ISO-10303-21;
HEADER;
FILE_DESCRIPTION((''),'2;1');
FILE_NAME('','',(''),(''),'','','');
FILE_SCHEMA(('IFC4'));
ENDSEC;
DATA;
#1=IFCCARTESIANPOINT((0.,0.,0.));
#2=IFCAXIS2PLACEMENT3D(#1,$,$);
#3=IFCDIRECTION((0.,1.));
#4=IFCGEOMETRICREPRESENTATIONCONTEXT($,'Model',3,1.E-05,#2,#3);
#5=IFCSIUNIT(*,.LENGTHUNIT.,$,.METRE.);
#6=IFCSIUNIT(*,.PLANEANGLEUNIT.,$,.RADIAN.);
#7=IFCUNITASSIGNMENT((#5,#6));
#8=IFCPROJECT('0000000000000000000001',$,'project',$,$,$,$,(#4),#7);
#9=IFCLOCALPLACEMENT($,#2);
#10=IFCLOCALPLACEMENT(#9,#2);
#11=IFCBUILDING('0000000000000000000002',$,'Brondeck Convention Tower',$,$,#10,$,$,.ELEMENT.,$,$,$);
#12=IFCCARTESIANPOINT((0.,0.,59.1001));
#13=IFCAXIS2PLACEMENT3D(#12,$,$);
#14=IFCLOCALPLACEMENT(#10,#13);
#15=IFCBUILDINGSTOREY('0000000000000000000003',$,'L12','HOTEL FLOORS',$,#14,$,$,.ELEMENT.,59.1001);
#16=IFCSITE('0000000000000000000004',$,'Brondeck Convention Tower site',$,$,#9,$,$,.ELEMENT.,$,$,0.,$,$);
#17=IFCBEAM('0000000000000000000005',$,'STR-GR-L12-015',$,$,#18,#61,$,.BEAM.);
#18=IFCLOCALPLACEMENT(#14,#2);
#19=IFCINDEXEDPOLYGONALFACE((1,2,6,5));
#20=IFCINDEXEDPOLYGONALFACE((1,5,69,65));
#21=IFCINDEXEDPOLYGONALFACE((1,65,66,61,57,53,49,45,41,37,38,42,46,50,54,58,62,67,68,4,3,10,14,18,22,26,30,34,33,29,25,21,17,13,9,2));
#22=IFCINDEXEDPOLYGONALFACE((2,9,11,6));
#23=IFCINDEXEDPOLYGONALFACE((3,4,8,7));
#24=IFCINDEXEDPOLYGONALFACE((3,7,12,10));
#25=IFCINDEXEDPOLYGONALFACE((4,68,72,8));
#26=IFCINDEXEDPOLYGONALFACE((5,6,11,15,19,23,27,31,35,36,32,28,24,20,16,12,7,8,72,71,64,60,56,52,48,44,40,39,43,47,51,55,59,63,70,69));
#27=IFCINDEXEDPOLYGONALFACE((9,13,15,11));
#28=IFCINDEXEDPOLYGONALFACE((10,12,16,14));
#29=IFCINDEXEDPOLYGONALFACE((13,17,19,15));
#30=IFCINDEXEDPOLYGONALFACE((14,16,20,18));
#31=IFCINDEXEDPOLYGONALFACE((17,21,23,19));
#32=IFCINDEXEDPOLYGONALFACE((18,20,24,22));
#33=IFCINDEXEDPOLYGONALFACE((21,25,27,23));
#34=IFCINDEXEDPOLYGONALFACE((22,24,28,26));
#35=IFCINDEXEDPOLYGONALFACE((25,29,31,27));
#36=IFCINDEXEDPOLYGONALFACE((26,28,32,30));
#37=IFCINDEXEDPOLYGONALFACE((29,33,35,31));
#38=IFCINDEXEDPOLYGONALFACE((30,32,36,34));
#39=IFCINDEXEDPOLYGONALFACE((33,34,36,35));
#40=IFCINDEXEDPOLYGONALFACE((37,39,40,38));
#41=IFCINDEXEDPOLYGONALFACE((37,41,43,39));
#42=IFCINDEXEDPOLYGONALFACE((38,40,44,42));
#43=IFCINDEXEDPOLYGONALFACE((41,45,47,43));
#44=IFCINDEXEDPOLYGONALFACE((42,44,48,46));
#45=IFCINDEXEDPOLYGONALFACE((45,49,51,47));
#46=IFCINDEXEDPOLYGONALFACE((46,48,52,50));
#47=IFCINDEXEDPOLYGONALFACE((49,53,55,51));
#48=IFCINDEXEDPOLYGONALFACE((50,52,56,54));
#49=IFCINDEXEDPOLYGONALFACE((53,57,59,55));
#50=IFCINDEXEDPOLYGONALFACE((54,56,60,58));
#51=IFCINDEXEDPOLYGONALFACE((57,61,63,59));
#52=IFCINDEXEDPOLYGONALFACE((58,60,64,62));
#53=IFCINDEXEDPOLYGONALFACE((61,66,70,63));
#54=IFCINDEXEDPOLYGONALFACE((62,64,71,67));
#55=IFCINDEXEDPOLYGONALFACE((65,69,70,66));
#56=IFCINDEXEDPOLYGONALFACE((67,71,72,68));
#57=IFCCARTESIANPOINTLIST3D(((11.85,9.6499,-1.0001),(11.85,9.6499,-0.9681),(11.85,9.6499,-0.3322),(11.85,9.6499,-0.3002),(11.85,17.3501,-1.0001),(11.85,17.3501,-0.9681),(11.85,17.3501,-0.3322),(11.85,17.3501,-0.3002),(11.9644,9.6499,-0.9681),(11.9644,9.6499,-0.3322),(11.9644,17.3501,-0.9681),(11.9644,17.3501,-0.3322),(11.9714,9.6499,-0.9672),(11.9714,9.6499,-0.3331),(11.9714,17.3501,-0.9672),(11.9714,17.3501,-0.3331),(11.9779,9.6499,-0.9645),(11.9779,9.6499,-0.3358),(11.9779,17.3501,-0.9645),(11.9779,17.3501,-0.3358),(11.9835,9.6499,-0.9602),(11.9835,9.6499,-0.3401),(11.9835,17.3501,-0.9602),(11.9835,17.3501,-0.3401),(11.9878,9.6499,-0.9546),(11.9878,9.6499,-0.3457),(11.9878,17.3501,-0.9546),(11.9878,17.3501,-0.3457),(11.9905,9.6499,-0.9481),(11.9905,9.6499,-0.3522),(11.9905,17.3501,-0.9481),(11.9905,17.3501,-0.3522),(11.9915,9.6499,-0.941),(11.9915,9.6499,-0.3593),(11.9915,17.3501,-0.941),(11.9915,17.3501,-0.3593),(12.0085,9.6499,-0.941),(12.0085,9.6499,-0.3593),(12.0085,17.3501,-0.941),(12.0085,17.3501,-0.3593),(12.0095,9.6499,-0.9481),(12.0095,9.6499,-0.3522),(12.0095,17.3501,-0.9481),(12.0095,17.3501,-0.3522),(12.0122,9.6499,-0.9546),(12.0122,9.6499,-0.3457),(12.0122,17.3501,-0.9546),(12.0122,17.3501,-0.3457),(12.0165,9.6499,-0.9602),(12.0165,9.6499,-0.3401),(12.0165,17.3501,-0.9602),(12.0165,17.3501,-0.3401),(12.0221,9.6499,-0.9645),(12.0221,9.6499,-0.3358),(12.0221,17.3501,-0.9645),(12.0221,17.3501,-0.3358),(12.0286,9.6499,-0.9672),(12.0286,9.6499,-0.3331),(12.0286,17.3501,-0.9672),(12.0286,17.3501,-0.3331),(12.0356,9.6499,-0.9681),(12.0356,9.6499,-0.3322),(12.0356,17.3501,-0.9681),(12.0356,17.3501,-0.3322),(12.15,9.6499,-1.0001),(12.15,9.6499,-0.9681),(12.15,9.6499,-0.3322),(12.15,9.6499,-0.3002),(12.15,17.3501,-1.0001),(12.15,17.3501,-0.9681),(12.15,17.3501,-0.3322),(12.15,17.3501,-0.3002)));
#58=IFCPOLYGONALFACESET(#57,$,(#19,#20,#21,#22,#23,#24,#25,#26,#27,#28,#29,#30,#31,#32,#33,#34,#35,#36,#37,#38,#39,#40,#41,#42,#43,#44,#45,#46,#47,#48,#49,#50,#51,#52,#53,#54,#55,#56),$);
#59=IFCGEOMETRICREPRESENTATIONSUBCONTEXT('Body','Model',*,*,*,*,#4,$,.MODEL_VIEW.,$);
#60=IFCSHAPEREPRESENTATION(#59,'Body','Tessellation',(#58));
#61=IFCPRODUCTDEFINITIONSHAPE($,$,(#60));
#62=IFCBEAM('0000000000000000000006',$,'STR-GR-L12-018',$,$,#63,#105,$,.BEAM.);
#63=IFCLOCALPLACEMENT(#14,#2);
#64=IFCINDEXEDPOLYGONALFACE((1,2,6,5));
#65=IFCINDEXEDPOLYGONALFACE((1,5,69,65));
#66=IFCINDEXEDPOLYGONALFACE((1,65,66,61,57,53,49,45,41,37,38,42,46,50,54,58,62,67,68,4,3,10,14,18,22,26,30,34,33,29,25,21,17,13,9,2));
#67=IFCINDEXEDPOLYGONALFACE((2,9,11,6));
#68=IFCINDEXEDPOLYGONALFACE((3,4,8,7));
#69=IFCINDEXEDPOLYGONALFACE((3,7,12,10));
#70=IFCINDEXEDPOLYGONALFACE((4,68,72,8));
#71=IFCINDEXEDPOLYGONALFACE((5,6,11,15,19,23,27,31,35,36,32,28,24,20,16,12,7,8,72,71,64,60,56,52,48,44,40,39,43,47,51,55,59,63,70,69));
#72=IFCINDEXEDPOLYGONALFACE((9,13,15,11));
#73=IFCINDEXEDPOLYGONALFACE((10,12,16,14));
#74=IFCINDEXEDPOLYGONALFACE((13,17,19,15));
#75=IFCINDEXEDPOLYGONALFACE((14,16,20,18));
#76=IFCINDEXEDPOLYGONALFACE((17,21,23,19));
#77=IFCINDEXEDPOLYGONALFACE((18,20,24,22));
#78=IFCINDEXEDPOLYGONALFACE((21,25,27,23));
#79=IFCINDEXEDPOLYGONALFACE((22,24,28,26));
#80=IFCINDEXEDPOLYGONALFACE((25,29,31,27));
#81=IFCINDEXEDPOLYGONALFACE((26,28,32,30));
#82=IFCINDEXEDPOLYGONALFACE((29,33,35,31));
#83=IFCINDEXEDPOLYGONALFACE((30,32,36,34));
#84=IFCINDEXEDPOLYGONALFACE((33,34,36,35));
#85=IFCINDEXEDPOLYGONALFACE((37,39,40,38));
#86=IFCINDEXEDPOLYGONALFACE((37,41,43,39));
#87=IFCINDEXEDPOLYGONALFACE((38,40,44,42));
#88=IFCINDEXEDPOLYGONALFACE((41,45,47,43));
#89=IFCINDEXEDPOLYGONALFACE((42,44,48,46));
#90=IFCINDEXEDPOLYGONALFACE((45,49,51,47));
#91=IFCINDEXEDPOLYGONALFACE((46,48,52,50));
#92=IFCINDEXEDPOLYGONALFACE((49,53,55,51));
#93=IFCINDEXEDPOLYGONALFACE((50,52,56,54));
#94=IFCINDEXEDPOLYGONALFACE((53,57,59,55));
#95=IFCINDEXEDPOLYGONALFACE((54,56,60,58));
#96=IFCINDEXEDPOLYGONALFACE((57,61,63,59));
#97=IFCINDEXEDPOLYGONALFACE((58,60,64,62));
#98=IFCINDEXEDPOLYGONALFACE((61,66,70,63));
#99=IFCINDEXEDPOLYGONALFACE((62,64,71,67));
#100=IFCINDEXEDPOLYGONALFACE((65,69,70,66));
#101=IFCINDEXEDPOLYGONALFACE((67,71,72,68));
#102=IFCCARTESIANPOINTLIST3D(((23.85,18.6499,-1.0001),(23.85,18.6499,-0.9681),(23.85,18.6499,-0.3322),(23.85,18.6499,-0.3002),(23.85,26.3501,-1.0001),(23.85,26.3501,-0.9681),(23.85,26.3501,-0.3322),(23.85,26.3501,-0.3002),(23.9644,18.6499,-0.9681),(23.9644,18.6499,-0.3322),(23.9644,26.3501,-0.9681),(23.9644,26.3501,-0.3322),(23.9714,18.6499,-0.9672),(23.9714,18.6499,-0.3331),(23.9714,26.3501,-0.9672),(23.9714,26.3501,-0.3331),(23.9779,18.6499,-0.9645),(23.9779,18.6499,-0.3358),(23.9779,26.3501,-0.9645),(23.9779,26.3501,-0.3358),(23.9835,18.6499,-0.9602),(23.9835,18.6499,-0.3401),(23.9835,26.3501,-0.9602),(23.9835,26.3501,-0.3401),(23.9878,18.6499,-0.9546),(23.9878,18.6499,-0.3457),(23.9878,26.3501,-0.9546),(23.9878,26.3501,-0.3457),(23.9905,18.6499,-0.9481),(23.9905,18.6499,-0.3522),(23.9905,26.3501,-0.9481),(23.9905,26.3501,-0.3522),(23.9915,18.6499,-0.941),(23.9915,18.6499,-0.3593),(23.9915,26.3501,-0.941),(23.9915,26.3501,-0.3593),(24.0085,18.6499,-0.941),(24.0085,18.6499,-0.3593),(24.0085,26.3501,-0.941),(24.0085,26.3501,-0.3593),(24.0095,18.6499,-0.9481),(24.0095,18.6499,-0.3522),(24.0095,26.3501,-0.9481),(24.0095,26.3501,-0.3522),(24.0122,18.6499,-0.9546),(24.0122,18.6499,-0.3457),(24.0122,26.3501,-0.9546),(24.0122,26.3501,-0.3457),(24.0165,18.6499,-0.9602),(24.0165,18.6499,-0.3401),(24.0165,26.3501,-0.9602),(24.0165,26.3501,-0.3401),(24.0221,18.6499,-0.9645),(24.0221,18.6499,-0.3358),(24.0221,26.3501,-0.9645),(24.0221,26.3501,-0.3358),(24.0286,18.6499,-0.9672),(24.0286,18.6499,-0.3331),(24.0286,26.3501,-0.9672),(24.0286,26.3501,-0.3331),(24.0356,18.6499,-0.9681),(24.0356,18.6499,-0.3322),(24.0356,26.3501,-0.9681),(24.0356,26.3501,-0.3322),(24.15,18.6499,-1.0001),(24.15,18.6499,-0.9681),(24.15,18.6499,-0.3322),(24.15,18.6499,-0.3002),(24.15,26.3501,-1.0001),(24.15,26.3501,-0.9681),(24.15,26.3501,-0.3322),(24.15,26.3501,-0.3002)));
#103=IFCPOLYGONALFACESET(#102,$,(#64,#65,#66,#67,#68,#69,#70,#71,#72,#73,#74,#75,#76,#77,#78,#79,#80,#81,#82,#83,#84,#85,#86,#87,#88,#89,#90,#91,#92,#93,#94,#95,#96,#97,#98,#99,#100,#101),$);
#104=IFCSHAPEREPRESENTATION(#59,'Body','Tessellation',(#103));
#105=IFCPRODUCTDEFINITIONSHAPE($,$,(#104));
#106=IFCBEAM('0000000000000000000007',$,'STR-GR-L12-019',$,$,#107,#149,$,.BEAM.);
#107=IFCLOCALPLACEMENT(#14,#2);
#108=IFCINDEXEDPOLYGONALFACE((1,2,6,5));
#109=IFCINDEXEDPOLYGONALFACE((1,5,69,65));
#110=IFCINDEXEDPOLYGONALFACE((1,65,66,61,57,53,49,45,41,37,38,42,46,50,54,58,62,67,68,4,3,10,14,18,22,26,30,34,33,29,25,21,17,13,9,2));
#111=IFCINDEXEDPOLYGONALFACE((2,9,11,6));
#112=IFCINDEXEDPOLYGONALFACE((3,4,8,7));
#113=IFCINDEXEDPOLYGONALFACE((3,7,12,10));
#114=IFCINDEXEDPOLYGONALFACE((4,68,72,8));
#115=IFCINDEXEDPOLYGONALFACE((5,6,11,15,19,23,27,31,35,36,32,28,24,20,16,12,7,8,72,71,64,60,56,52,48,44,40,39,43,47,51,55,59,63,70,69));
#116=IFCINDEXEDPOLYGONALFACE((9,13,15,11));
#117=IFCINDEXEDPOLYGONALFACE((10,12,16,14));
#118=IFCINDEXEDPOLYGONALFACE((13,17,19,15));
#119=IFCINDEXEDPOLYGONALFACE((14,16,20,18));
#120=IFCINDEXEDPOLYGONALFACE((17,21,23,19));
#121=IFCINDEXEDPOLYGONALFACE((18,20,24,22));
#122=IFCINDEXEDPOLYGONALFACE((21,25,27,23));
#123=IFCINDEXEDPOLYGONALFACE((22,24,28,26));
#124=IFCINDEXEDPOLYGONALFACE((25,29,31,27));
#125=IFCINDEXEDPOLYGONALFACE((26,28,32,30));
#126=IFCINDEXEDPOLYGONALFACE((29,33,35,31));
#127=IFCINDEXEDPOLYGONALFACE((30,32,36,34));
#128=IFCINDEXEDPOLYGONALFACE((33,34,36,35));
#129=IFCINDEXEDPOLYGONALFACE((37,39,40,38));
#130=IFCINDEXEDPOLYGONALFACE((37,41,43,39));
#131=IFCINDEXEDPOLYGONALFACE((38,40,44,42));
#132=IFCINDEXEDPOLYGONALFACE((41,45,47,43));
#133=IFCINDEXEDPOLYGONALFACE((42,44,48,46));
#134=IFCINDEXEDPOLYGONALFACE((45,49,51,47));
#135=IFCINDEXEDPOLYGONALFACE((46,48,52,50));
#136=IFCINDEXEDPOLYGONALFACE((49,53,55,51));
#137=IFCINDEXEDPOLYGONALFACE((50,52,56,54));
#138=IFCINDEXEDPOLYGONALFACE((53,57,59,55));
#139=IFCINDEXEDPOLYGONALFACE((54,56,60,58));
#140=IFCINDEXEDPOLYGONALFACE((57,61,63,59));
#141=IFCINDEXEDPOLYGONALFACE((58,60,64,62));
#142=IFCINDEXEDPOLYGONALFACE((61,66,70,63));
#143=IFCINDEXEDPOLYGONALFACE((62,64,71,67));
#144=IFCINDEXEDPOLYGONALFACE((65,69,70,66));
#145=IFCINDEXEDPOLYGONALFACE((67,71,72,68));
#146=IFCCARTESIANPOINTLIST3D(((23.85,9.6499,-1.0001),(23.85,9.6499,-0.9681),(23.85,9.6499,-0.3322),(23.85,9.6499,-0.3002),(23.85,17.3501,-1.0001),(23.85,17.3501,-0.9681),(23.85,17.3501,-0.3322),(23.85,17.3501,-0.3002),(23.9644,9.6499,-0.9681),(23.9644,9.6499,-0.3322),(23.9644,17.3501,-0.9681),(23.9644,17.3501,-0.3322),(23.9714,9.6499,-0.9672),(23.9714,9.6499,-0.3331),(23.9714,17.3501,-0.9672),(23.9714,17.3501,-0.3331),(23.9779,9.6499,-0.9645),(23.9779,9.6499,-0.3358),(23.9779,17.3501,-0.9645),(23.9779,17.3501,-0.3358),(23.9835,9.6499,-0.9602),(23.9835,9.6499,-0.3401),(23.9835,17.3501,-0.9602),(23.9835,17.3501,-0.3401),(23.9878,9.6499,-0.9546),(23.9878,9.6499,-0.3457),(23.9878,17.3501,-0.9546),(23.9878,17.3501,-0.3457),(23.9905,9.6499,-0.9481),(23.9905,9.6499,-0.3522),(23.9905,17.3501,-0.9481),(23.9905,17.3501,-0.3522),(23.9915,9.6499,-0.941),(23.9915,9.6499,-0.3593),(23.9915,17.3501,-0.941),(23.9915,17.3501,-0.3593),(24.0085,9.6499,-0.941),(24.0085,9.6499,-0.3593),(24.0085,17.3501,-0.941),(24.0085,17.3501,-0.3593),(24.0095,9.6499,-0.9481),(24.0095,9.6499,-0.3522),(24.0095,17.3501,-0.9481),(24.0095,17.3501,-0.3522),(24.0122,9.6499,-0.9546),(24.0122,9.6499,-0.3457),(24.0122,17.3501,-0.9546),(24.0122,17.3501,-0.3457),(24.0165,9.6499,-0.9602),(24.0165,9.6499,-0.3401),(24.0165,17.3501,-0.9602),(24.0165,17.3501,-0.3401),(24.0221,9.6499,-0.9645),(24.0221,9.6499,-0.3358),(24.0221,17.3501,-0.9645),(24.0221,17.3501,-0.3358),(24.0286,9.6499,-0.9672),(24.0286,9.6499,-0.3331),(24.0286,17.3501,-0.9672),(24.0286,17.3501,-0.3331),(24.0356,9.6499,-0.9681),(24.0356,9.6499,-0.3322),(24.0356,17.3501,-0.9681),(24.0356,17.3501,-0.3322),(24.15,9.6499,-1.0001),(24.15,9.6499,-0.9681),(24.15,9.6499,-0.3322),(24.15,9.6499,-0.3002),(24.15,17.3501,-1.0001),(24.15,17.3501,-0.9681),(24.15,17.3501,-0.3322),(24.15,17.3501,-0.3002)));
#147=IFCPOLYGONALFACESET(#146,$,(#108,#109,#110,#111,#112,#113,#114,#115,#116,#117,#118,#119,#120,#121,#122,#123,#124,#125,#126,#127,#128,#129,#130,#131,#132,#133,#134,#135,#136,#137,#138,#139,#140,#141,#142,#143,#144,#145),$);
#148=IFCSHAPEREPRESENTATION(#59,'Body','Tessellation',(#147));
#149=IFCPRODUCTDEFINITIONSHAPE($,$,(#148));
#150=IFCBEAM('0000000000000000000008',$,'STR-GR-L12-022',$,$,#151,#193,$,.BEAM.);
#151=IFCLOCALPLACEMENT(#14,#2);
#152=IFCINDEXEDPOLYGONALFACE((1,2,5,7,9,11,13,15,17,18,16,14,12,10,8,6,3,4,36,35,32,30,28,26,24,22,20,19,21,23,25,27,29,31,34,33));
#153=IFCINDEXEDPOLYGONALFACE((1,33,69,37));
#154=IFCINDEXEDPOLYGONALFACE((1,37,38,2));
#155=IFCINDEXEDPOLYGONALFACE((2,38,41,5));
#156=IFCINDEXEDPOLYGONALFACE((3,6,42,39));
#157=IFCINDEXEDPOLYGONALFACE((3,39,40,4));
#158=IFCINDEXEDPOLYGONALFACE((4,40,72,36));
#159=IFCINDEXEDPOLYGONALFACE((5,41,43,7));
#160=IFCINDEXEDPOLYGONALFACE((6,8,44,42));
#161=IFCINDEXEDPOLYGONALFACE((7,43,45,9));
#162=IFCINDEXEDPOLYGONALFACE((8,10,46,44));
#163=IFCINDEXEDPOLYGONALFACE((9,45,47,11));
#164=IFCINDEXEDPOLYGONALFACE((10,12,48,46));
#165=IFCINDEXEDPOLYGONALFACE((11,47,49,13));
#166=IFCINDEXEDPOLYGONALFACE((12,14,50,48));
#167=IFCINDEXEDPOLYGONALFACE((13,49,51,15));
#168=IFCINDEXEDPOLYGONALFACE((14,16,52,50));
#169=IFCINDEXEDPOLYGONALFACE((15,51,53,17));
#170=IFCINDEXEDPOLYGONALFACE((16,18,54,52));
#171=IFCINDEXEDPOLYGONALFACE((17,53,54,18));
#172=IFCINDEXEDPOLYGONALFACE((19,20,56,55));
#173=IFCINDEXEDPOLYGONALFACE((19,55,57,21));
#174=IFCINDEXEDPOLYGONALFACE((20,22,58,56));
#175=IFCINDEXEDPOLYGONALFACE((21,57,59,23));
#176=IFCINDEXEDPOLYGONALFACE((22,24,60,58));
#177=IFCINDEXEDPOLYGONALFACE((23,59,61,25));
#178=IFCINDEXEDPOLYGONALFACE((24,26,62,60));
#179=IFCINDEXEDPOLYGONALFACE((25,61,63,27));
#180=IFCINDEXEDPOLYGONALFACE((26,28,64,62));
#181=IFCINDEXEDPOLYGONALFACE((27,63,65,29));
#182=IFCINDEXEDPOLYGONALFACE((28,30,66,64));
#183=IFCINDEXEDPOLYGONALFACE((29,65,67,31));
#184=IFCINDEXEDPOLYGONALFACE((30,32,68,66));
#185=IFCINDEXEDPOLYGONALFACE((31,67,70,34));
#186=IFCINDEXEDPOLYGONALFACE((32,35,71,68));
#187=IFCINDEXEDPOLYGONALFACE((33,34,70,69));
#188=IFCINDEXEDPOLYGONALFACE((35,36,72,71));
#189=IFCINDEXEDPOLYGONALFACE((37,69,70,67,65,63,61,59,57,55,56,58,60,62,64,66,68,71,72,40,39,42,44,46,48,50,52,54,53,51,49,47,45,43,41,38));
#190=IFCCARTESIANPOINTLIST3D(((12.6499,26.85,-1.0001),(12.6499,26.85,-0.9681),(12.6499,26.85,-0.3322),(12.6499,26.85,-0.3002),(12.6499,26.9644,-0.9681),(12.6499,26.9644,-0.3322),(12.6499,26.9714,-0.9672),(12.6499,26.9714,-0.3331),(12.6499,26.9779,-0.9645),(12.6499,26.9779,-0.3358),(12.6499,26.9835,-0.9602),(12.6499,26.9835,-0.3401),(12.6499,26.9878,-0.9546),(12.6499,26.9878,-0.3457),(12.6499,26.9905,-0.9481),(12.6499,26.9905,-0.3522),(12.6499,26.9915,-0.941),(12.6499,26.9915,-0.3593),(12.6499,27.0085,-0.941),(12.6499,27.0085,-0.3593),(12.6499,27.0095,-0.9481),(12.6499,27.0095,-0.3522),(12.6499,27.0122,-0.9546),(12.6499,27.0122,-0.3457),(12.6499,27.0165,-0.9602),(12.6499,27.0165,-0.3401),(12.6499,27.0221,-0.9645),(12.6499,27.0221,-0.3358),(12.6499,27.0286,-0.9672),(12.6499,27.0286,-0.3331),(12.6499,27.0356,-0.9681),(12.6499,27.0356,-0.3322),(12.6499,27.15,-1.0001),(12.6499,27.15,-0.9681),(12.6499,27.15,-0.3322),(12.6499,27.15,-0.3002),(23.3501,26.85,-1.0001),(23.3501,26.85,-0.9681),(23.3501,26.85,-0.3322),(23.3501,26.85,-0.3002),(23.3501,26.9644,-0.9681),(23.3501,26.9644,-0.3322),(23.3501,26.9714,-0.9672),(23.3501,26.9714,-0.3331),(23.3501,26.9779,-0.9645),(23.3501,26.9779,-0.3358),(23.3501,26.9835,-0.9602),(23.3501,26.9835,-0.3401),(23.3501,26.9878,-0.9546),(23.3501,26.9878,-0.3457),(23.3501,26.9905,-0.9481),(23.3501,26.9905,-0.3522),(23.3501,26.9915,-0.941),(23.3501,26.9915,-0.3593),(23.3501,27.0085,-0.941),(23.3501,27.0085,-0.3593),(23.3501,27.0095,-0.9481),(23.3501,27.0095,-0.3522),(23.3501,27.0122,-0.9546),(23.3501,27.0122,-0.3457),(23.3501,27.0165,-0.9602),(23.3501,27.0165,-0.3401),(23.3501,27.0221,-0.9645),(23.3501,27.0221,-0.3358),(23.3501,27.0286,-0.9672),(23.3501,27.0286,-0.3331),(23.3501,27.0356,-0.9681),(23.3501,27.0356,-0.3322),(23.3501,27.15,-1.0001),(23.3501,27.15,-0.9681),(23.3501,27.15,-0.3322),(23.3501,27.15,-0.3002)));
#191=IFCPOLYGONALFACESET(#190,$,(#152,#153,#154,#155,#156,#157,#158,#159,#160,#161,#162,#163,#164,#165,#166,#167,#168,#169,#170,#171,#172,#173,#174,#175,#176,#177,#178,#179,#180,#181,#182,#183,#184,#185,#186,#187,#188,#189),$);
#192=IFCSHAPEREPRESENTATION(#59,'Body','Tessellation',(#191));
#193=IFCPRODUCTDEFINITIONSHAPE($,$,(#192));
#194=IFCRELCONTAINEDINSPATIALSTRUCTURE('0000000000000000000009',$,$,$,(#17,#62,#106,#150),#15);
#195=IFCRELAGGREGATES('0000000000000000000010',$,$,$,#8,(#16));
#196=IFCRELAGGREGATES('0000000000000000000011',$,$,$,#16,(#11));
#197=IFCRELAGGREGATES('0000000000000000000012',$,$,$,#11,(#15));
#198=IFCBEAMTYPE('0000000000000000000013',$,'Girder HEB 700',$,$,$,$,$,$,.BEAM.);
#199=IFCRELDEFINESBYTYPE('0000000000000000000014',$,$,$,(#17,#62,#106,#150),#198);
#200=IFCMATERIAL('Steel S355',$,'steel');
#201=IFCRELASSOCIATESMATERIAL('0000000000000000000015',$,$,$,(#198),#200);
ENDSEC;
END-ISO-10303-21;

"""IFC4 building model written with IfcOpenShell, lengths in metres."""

from ifc_helpers import new_model, si_unit, direction, frame, origin, origin_2d, place, context, subcontext, project, spatial, i_section, extrude, material, material_profile, profile_set, type_object, element, save


model = new_model("IFC4")

# Units and contexts
model_context = context("Model", 3, precision=1e-05, world=origin(), true_north=direction((0.0, 1.0)))
body_context = subcontext(model_context, "Body", "Model", "MODEL_VIEW")
ifc_project = project(units=[si_unit("LENGTHUNIT", "METRE"), si_unit("PLANEANGLEUNIT", "RADIAN")], contexts=[model_context])

# Site, building, storey
site_placement = place(None, origin())
site = spatial("IfcSite", under=ifc_project, at=site_placement, Name="Brondeck Convention Tower site", CompositionType="ELEMENT", RefElevation=0.0)
building_placement = place(site_placement, origin())
building = spatial("IfcBuilding", under=site, at=building_placement, Name="Brondeck Convention Tower", CompositionType="ELEMENT")
storey_placement = place(building_placement, frame((0.0, 0.0, 59.1001)))
storey = spatial("IfcBuildingStorey", under=building, at=storey_placement, Name="L12", Description="HOTEL FLOORS", CompositionType="ELEMENT", Elevation=59.1001)

# Beams
ifc_material_1 = material(Name="Steel S355", Category="steel")
ifc_material_profile_1 = material_profile(ifc_material_1, i_section(OverallWidth=0.3, OverallDepth=0.7, WebThickness=0.0171, FlangeThickness=0.032, FilletRadius=0.0271, at=origin_2d()), Name="HEB 700")
ifc_profile_set_1 = profile_set([ifc_material_profile_1], Name="Steel S355")
beam_type_1 = type_object("IfcBeamType", Name="Girder HEB 700", PredefinedType="BEAM", material=ifc_profile_set_1)
for number, where, z_axis, x_axis, name in (
    (1, (12.0, 17.3501, -0.6501), (0.0, -1.0, 0.0), (1.0, 0.0, 0.0), "STR-GR-L12-015"),
    (2, (24.0, 26.3501, -0.6501), (0.0, -1.0, 0.0), (1.0, 0.0, 0.0), "STR-GR-L12-018"),
    (3, (24.0, 17.3501, -0.6501), (0.0, -1.0, 0.0), (1.0, 0.0, 0.0), "STR-GR-L12-019"),
):
    element("IfcBeam", number, at=place(storey_placement, frame(where, z_axis=z_axis, x_axis=x_axis)), inside=storey, type_object=beam_type_1, Name=name, PredefinedType="BEAM", context=body_context, shape_type="SweptSolid", body=[
        extrude(i_section(OverallWidth=0.3, OverallDepth=0.7, WebThickness=0.0171, FlangeThickness=0.032, FilletRadius=0.0271, at=origin_2d()), origin(), (0.0, 0.0, 1.0), 7.7002),
    ])
beam_1_placement = place(storey_placement, frame((12.6499, 27.0, -0.6501), z_axis=(1.0, 0.0, 0.0), x_axis=(0.0, 1.0, 0.0)))
element("IfcBeam", 4, at=beam_1_placement, inside=storey, type_object=beam_type_1, Name="STR-GR-L12-022", PredefinedType="BEAM", context=body_context, shape_type="SweptSolid", body=[
    extrude(i_section(OverallWidth=0.3, OverallDepth=0.7, WebThickness=0.0171, FlangeThickness=0.032, FilletRadius=0.0271, at=origin_2d()), origin(), (0.0, 0.0, 1.0), 10.7002),
])

save(model, "model.ifc")
